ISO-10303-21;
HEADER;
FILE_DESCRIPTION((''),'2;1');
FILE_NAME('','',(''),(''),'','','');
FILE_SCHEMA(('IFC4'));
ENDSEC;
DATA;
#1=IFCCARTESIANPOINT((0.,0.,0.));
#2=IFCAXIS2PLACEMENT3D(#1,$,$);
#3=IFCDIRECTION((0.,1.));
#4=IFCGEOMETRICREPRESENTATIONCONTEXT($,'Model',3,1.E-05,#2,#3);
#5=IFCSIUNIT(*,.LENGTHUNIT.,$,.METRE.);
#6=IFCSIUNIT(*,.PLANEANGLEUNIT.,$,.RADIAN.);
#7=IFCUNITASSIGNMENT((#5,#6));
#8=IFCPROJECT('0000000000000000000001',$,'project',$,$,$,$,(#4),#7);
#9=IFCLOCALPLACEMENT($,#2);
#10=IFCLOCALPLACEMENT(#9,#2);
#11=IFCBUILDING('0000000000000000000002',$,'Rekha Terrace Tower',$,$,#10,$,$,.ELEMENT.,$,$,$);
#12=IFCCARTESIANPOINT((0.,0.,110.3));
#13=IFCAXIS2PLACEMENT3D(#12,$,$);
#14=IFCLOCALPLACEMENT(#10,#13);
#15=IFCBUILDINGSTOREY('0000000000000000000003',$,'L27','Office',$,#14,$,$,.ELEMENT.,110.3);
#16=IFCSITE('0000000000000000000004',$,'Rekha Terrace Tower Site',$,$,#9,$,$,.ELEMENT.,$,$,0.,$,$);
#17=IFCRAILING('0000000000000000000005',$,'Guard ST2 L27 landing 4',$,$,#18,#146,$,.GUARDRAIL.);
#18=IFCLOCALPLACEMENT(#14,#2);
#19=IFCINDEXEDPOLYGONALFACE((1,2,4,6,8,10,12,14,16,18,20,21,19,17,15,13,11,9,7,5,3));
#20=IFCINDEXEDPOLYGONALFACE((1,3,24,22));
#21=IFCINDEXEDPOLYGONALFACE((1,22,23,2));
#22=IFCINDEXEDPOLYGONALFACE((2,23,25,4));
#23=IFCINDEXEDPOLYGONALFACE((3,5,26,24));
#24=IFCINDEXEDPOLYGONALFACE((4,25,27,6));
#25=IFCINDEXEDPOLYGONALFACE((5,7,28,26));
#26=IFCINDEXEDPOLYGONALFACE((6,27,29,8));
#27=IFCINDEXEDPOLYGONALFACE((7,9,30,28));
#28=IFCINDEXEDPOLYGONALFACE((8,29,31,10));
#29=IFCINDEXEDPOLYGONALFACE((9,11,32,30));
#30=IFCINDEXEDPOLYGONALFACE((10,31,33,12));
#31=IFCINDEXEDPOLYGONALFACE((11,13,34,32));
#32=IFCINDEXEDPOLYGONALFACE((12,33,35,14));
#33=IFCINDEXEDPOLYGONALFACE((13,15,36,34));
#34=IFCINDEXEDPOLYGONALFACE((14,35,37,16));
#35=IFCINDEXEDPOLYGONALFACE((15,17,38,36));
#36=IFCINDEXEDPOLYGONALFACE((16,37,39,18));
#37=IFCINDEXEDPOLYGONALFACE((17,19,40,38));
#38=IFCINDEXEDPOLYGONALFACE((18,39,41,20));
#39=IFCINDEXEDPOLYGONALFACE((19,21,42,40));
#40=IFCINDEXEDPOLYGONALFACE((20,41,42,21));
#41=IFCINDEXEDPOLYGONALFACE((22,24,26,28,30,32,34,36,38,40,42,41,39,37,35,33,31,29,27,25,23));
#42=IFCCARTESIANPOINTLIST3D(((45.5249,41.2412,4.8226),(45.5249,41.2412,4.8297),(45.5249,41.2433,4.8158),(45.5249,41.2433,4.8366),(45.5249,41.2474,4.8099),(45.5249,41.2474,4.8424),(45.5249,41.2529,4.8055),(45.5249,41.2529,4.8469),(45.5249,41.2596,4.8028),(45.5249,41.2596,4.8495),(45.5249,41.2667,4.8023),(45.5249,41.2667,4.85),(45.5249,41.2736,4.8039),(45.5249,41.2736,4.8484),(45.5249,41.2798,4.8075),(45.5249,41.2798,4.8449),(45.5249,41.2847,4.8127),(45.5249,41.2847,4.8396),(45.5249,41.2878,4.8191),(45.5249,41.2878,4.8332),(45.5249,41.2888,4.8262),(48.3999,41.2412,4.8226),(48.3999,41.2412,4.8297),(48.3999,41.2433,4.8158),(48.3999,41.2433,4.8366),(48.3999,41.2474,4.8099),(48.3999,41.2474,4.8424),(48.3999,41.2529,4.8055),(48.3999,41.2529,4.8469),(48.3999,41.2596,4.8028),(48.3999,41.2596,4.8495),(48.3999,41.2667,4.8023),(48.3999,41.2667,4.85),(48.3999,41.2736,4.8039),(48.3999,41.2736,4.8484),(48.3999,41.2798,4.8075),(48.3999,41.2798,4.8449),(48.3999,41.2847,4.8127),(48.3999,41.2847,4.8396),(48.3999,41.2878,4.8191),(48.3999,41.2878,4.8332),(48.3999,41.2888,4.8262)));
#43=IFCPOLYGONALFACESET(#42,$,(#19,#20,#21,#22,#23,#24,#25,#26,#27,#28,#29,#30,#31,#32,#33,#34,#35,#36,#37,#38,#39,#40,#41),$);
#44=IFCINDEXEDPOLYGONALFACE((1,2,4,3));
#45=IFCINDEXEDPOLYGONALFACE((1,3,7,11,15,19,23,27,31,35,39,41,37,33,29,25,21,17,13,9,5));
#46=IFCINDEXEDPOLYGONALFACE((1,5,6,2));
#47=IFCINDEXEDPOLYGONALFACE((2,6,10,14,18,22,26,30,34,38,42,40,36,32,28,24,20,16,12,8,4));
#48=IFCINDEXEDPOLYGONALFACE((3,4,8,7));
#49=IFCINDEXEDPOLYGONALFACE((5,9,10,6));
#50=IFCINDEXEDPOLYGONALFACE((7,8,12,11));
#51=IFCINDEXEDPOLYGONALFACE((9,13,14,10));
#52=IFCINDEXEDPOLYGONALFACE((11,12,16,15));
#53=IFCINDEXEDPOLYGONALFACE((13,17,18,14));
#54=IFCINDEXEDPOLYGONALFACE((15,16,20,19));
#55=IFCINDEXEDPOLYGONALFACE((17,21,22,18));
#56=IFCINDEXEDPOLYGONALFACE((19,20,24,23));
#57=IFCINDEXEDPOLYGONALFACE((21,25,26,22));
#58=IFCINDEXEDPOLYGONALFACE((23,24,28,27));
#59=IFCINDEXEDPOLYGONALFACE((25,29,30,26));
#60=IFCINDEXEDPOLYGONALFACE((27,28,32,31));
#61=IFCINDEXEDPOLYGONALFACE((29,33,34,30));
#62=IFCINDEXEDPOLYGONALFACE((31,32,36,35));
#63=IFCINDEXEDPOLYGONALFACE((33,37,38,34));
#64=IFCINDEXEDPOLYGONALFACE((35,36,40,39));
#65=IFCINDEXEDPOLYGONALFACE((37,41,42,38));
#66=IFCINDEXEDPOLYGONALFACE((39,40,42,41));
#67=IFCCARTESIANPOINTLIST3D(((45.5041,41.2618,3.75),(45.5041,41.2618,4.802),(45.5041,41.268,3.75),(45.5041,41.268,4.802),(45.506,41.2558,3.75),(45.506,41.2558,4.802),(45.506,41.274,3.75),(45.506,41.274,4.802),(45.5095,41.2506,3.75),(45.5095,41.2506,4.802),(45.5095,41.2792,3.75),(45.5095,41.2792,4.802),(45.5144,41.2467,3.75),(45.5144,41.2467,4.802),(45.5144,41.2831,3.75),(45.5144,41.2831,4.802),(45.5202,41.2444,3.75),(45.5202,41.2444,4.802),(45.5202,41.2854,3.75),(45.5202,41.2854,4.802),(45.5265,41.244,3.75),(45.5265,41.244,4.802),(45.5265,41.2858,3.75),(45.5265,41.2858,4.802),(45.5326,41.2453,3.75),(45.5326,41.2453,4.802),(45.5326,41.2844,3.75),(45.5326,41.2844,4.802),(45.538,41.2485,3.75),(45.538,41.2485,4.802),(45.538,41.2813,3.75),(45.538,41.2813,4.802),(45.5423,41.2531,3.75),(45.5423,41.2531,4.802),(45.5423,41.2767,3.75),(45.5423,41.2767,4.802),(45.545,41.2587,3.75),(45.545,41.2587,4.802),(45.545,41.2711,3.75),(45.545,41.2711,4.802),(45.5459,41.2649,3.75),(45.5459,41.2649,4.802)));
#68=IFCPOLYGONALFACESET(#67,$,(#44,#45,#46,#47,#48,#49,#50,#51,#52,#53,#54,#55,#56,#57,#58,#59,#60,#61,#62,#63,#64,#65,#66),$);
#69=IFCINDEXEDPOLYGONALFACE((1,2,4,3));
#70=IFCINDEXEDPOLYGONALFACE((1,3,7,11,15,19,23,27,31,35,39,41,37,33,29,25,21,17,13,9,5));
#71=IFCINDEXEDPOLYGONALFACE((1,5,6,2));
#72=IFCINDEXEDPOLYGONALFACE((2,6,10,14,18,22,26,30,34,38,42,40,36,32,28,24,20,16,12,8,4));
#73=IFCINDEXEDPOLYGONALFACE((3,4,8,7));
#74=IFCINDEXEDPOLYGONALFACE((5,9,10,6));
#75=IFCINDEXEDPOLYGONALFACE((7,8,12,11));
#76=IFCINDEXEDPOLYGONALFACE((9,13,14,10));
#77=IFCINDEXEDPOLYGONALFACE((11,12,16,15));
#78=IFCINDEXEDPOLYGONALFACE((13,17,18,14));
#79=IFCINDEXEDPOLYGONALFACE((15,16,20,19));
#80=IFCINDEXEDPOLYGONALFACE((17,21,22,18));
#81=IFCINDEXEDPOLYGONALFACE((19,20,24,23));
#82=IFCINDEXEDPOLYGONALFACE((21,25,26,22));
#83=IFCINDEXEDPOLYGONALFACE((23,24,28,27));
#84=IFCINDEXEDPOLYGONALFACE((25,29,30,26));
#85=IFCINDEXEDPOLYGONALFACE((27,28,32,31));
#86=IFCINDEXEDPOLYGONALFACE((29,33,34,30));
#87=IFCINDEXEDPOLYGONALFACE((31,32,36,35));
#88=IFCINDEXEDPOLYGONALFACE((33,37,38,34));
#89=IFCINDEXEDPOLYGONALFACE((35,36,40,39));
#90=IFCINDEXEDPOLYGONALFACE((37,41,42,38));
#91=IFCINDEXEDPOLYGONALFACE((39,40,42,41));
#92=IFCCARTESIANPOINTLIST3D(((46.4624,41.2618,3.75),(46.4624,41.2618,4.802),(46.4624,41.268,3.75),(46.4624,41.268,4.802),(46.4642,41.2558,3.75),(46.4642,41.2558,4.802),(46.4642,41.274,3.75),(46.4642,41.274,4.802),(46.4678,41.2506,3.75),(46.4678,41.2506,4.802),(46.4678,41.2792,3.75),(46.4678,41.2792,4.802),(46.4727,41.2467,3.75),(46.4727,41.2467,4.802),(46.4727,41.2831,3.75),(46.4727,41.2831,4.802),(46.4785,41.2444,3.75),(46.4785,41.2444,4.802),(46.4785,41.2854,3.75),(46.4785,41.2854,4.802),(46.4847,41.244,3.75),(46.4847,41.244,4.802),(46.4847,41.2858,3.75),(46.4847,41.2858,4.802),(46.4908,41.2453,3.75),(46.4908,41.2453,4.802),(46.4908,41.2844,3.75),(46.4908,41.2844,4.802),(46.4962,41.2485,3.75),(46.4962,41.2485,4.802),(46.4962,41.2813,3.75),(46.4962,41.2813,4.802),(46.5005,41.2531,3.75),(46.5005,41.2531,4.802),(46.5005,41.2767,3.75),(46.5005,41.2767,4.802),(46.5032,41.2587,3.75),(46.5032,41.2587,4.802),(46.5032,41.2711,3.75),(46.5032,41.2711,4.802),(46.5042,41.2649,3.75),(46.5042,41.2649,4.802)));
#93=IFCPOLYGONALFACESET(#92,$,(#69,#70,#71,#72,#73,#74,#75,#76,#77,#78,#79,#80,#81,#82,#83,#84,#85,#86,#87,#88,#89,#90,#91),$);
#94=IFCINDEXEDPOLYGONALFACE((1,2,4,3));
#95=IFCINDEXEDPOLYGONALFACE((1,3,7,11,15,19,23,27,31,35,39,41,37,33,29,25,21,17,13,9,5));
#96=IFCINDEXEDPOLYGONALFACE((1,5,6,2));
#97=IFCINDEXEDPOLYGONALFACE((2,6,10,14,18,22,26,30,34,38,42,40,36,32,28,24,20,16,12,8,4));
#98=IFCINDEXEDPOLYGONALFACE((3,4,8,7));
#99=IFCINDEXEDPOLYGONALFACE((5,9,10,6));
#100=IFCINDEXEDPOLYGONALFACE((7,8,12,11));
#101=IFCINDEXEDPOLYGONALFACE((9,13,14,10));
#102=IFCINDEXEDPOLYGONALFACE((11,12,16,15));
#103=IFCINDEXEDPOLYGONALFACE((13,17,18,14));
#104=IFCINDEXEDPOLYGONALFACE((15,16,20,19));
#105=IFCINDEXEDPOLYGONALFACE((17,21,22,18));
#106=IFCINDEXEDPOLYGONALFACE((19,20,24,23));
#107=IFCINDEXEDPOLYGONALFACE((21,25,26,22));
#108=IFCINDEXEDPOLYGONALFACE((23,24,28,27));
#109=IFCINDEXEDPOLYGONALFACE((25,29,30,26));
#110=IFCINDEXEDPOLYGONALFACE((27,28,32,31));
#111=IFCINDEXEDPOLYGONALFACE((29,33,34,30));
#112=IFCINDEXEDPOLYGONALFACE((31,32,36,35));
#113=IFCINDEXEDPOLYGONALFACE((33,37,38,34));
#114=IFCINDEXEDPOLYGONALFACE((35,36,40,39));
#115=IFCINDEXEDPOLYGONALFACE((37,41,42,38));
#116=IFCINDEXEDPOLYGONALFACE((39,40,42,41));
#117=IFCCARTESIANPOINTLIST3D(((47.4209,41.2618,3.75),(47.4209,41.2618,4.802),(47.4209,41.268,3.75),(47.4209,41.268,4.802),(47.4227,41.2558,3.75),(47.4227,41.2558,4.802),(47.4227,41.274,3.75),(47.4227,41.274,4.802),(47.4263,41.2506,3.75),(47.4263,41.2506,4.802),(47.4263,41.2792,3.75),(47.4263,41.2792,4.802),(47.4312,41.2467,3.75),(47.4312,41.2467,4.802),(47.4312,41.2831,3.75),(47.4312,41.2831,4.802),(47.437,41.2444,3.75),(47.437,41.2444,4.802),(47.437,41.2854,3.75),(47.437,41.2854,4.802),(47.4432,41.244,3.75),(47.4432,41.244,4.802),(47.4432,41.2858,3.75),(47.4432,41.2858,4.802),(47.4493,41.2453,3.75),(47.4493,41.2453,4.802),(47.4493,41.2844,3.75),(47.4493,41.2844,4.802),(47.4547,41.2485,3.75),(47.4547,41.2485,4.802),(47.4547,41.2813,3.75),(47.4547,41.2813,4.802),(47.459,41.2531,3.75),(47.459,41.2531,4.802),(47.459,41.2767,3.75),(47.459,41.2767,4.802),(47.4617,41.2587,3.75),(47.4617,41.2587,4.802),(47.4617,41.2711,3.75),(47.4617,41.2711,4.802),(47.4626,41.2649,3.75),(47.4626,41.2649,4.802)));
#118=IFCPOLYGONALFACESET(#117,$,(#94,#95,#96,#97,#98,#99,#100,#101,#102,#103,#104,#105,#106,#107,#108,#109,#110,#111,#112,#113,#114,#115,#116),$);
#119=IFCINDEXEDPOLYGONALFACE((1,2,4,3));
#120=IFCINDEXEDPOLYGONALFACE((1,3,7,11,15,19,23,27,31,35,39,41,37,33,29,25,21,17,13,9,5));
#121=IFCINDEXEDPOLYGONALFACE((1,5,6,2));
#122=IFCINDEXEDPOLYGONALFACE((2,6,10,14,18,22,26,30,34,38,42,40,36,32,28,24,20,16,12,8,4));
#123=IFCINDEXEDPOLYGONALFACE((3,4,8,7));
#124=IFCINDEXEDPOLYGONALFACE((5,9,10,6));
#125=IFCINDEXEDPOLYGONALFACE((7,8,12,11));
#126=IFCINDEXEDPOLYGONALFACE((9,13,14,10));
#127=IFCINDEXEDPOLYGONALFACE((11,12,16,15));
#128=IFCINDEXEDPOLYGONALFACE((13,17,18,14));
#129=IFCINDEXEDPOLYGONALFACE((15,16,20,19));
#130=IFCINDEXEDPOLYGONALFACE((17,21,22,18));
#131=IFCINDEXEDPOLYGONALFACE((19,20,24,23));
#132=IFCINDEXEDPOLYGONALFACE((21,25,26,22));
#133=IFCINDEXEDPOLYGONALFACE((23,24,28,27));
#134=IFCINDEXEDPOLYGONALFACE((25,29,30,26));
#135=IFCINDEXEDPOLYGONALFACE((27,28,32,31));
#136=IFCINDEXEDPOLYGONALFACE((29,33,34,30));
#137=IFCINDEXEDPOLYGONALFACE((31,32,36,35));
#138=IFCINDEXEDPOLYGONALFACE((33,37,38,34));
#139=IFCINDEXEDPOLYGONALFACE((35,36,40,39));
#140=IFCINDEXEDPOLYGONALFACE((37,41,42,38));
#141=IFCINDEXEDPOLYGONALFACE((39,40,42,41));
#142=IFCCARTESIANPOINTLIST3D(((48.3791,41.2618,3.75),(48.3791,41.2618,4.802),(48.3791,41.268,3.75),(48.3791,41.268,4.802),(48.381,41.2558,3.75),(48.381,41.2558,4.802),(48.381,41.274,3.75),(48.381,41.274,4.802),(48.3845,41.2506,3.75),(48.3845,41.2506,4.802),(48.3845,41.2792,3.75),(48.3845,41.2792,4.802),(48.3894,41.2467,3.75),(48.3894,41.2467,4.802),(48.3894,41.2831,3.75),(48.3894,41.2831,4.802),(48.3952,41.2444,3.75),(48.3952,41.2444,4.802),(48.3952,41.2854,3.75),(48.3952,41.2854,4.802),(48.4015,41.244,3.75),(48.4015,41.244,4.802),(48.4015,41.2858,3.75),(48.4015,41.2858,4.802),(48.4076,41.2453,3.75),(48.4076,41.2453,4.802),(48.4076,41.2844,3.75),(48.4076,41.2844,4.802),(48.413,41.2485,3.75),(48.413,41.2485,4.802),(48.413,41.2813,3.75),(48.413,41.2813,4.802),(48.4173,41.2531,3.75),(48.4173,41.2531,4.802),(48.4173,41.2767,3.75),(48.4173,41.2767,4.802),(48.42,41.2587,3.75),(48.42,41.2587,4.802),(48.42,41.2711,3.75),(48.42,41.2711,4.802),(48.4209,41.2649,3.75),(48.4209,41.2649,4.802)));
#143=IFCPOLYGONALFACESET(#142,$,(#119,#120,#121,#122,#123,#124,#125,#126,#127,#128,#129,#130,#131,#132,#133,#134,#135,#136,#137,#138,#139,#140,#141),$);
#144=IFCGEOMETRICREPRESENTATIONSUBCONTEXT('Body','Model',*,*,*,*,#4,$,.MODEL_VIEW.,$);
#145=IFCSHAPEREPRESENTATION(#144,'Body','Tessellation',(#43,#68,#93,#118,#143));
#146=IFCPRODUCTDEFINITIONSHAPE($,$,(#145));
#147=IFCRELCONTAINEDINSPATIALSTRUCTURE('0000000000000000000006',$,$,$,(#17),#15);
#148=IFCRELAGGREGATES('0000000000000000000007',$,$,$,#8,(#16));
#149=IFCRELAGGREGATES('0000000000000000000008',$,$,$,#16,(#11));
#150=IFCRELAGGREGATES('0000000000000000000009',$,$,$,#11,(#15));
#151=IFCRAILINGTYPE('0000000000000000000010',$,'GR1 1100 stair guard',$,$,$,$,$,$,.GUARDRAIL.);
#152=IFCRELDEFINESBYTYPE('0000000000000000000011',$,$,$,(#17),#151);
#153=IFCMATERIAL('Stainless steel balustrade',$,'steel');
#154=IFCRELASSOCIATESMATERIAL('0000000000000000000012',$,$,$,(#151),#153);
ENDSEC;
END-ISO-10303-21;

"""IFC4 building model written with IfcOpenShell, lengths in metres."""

from ifc_helpers import new_model, si_unit, direction, frame, origin, origin_2d, place, context, subcontext, project, spatial, circle, extrude, material, type_object, element, save


model = new_model("IFC4")

# Units and contexts
model_context = context("Model", 3, precision=1e-05, world=origin(), true_north=direction((0.0, 1.0)))
body_context = subcontext(model_context, "Body", "Model", "MODEL_VIEW")
ifc_project = project(units=[si_unit("LENGTHUNIT", "METRE"), si_unit("PLANEANGLEUNIT", "RADIAN")], contexts=[model_context])

# Site, building, storey
site_placement = place(None, origin())
site = spatial("IfcSite", under=ifc_project, at=site_placement, Name="Rekha Terrace Tower Site", CompositionType="ELEMENT", RefElevation=0.0)
building_placement = place(site_placement, origin())
building = spatial("IfcBuilding", under=site, at=building_placement, Name="Rekha Terrace Tower", CompositionType="ELEMENT")
storey_placement = place(building_placement, frame((0.0, 0.0, 110.3)))
storey = spatial("IfcBuildingStorey", under=building, at=storey_placement, Name="L27", Description="Office", CompositionType="ELEMENT", Elevation=110.3)

# Railing
ifc_material_1 = material(Name="Stainless steel balustrade", Category="steel")
railing_type_1 = type_object("IfcRailingType", Name="GR1 1100 stair guard", PredefinedType="GUARDRAIL", material=ifc_material_1)
railing_1_placement = place(storey_placement, frame((45.5249, 41.2649, 3.75)))
element("IfcRailing", 1, at=railing_1_placement, inside=storey, type_object=railing_type_1, Name="Guard ST2 L27 landing 4", PredefinedType="GUARDRAIL", context=body_context, shape_type="SweptSolid", body=[
    extrude(circle(Radius=0.0239, at=origin_2d()), frame((0.0, 0.0, 1.0762), z_axis=(1.0, 0.0, 0.0), x_axis=(0.0, 1.0, 0.0)), (0.0, 0.0, 1.0), 2.875),
    extrude(circle(Radius=0.021, at=origin_2d()), origin(), (0.0, 0.0, 1.0), 1.052),
    extrude(circle(Radius=0.021, at=origin_2d()), frame((0.9583, 0.0, 0.0)), (0.0, 0.0, 1.0), 1.052),
    extrude(circle(Radius=0.021, at=origin_2d()), frame((1.9167, 0.0, 0.0)), (0.0, 0.0, 1.0), 1.052),
    extrude(circle(Radius=0.021, at=origin_2d()), frame((2.875, 0.0, 0.0)), (0.0, 0.0, 1.0), 1.052),
])

save(model, "model.ifc")
